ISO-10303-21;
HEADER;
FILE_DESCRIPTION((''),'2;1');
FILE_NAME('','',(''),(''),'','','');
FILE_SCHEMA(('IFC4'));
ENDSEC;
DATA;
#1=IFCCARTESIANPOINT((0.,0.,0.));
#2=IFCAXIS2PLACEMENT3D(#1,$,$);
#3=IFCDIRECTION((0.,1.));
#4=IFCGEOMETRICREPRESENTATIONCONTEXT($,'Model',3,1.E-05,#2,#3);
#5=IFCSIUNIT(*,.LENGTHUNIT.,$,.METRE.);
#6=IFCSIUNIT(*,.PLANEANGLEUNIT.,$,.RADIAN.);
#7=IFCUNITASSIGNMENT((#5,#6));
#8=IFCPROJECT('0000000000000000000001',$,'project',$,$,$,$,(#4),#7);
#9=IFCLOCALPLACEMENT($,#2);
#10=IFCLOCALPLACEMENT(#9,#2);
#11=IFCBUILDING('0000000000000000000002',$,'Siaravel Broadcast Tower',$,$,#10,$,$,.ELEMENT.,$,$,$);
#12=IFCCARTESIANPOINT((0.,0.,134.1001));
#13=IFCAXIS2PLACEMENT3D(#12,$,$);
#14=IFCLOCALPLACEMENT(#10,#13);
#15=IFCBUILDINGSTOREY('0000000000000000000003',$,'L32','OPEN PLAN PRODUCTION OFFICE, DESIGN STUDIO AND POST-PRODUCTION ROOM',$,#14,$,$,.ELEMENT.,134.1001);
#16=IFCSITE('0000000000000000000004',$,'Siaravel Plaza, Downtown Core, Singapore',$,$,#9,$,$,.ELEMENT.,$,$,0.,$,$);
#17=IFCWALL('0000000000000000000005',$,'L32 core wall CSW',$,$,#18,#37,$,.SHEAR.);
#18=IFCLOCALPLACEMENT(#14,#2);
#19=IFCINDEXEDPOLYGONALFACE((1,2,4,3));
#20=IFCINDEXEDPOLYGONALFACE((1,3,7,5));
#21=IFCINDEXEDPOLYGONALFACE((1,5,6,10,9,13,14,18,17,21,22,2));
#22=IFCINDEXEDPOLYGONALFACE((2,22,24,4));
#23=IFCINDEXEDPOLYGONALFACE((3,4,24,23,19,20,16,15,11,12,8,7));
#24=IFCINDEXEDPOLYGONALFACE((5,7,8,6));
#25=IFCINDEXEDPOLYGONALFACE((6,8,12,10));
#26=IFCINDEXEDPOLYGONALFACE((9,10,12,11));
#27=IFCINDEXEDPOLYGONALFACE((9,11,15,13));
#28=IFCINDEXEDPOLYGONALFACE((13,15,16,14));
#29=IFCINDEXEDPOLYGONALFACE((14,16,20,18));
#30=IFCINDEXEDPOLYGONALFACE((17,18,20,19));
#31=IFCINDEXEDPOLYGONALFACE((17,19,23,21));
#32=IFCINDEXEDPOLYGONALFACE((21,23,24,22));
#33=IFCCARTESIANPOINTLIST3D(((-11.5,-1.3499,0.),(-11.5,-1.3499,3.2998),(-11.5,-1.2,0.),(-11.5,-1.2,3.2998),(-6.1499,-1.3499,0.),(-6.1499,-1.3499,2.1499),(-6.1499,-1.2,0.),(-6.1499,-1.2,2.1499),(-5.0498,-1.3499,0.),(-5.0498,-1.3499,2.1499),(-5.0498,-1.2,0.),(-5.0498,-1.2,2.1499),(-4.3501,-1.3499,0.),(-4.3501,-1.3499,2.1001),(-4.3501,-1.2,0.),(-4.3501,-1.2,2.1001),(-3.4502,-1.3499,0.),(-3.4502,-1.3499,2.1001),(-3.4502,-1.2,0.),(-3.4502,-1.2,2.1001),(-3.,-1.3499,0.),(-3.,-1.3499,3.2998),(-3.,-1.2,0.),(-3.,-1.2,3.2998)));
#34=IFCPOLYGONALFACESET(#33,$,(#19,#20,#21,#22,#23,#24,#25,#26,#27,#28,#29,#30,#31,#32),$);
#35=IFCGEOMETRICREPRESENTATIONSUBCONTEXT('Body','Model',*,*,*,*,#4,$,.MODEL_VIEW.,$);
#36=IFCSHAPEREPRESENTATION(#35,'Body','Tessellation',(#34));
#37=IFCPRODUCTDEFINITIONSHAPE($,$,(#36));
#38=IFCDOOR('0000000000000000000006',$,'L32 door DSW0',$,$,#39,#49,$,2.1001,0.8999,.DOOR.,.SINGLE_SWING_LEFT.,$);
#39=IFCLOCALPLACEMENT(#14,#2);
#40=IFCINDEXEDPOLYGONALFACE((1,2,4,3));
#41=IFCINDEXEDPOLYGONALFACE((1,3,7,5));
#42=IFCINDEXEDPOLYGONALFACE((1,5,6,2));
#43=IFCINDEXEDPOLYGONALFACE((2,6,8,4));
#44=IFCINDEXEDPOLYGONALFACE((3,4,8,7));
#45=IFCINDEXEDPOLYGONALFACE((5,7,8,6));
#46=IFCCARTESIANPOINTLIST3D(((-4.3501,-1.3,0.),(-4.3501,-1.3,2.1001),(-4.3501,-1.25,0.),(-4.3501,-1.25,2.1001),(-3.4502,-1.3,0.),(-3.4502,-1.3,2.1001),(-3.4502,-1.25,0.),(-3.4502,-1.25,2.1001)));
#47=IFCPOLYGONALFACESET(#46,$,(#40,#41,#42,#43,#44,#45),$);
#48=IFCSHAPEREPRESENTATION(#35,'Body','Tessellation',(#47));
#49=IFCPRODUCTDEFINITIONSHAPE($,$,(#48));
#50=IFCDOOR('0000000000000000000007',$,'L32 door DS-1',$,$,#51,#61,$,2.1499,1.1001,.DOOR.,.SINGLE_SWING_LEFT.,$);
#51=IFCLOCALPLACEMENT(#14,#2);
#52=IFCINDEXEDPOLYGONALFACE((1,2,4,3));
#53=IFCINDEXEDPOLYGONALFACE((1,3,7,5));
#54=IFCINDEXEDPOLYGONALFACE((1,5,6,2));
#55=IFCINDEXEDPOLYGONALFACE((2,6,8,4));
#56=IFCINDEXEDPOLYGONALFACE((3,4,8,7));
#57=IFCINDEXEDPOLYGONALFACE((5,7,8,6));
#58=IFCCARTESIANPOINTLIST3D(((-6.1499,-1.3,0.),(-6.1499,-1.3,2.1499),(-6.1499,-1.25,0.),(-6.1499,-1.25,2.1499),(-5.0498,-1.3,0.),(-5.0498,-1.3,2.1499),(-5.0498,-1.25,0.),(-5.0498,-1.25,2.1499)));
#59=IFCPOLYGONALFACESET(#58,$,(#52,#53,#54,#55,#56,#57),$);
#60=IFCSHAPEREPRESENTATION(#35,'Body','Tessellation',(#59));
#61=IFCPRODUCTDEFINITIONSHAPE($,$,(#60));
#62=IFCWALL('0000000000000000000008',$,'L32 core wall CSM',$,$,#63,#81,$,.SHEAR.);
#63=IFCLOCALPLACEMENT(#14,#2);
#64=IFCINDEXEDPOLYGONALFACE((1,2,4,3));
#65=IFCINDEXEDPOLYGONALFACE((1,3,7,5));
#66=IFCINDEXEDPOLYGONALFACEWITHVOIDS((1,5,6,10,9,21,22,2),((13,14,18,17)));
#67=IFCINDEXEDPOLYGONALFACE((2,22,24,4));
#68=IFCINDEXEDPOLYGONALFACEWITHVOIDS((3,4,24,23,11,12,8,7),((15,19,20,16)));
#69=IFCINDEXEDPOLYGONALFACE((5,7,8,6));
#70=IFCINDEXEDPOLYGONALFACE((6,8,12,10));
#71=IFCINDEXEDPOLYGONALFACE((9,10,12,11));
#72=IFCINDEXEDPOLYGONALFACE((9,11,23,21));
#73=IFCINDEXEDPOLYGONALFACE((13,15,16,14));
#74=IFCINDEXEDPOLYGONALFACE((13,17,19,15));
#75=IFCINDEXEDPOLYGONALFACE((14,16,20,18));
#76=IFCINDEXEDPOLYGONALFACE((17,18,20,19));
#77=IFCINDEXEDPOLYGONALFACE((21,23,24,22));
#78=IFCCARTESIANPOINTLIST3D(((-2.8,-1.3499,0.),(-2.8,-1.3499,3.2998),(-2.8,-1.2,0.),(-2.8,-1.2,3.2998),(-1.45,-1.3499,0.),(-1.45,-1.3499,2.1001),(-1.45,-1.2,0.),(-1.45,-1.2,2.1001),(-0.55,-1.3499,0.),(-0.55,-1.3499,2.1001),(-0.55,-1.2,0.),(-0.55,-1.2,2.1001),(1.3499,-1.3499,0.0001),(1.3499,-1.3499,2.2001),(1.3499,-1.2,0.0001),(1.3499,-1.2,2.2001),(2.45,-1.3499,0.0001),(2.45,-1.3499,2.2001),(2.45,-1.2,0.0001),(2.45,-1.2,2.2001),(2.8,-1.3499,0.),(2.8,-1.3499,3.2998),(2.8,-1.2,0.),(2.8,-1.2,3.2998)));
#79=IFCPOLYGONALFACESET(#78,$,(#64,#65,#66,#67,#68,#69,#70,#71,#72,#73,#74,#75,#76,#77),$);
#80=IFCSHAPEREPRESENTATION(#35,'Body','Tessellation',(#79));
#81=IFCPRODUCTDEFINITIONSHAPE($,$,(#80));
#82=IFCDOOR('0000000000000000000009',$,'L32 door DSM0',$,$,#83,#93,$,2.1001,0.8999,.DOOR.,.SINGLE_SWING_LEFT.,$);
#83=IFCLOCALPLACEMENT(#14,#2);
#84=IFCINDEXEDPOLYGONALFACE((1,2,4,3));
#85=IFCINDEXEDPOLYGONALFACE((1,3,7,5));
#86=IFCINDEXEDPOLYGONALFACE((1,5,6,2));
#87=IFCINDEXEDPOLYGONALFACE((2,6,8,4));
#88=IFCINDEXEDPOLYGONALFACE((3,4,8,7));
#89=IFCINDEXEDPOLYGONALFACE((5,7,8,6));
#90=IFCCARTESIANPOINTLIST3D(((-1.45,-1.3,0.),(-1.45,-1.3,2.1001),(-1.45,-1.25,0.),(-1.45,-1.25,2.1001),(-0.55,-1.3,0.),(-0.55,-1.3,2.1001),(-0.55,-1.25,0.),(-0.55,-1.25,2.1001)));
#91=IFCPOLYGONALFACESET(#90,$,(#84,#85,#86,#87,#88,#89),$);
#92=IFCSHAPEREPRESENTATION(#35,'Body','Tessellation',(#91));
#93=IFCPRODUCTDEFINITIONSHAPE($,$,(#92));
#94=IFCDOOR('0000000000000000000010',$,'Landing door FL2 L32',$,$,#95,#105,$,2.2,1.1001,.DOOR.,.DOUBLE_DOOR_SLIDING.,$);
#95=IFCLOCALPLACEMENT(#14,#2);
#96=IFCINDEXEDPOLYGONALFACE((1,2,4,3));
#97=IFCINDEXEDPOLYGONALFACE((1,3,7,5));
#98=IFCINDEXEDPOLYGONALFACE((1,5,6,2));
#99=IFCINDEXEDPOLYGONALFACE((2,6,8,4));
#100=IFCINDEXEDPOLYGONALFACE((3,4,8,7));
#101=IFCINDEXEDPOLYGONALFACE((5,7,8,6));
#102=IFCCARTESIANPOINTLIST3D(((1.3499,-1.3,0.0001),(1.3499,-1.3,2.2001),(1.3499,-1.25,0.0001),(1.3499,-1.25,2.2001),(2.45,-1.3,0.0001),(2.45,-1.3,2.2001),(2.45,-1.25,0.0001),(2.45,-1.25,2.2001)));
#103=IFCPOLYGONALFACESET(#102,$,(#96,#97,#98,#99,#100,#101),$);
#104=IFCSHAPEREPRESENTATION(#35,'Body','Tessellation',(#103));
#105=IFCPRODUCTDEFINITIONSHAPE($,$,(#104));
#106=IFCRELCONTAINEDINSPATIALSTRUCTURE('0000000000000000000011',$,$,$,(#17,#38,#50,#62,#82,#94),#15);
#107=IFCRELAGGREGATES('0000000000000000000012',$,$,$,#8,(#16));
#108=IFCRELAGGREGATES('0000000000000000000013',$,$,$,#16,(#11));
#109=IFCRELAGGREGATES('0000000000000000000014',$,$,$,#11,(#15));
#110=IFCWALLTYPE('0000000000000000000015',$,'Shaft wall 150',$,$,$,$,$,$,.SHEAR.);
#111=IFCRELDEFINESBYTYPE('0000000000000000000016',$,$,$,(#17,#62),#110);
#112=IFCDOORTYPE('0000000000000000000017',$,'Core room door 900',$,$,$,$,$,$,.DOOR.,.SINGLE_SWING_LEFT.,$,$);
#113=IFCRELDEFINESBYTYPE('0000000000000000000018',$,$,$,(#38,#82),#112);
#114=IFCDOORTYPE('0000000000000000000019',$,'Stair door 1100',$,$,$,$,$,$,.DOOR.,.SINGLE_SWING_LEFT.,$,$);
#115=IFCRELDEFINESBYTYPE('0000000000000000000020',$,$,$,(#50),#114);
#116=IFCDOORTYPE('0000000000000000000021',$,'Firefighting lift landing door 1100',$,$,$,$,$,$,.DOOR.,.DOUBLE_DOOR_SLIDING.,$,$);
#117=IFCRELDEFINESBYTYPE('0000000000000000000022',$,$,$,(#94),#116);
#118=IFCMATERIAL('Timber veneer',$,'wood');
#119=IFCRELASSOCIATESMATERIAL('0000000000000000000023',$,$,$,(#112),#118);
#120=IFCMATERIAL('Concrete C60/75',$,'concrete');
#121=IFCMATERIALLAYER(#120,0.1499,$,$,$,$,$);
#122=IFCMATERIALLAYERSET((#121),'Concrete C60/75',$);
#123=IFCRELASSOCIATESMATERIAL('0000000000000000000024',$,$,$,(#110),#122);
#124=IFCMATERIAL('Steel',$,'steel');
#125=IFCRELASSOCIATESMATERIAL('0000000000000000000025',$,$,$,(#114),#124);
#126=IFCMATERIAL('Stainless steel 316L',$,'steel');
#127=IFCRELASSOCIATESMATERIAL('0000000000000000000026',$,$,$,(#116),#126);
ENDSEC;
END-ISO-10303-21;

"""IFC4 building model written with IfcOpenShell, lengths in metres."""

from ifc_helpers import new_model, si_unit, direction, frame, frame_2d, origin, place, context, subcontext, project, spatial, rectangle, extrude, material, layer, layer_set, type_object, element, fill, save


model = new_model("IFC4")

# Units and contexts
model_context = context("Model", 3, precision=1e-05, world=origin(), true_north=direction((0.0, 1.0)))
body_context = subcontext(model_context, "Body", "Model", "MODEL_VIEW")
ifc_project = project(units=[si_unit("LENGTHUNIT", "METRE"), si_unit("PLANEANGLEUNIT", "RADIAN")], contexts=[model_context])

# Site, building, storey
site_placement = place(None, origin())
site = spatial("IfcSite", under=ifc_project, at=site_placement, Name="Siaravel Plaza, Downtown Core, Singapore", CompositionType="ELEMENT", RefElevation=0.0)
building_placement = place(site_placement, origin())
building = spatial("IfcBuilding", under=site, at=building_placement, Name="Siaravel Broadcast Tower", CompositionType="ELEMENT")
storey_placement = place(building_placement, frame((0.0, 0.0, 134.1001)))
storey = spatial("IfcBuildingStorey", under=building, at=storey_placement, Name="L32", Description="OPEN PLAN PRODUCTION OFFICE, DESIGN STUDIO AND POST-PRODUCTION ROOM", CompositionType="ELEMENT", Elevation=134.1001)

# Shared definitions
ifc_material_1 = material(Name="Timber veneer", Category="wood")
door_type_1 = type_object("IfcDoorType", Name="Core room door 900", OperationType="SINGLE_SWING_LEFT", PredefinedType="DOOR", material=ifc_material_1)

# Walls, openings, doors
ifc_material_2 = material(Name="Concrete C60/75", Category="concrete")
ifc_layer_1 = layer(ifc_material_2, 0.1499)
ifc_layer_set_1 = layer_set([ifc_layer_1], Name="Concrete C60/75")
wall_type_1 = type_object("IfcWallType", Name="Shaft wall 150", PredefinedType="SHEAR", material=ifc_layer_set_1)
wall_1_placement = place(storey_placement, frame((-11.5, -1.2749, 0.0), z_axis=(0.0, 0.0, 1.0), x_axis=(1.0, 0.0, 0.0)))
wall_1 = element("IfcWall", 1, at=wall_1_placement, inside=storey, type_object=wall_type_1, Name="L32 core wall CSW", PredefinedType="SHEAR", context=body_context, shape_type="SweptSolid", body=[
    extrude(rectangle(XDim=8.5, YDim=0.1499, at=frame_2d((4.25, 0.0))), origin(), (0.0, 0.0, 1.0), 3.2998),
])
opening_1_placement = place(wall_1_placement, frame((5.3501, 0.0, 0.0)))
opening_1 = element("IfcOpeningElement", 2, at=opening_1_placement, cuts=wall_1, PredefinedType="OPENING", context=body_context, shape_type="SweptSolid", body=[
    extrude(rectangle(XDim=1.1001, YDim=2.1499, at=frame_2d((0.55, 1.075))), frame((0.0, 0.085, 0.0), z_axis=(0.0, -1.0, 0.0), x_axis=(1.0, 0.0, 0.0)), (0.0, 0.0, 1.0), 0.1699),
])
opening_2_placement = place(wall_1_placement, frame((7.1499, 0.0, 0.0)))
opening_2 = element("IfcOpeningElement", 3, at=opening_2_placement, cuts=wall_1, PredefinedType="OPENING", context=body_context, shape_type="SweptSolid", body=[
    extrude(rectangle(XDim=0.8999, YDim=2.1001, at=frame_2d((0.45, 1.05))), frame((0.0, 0.085, 0.0), z_axis=(0.0, -1.0, 0.0), x_axis=(1.0, 0.0, 0.0)), (0.0, 0.0, 1.0), 0.1699),
])
door_1_placement = place(opening_2_placement, origin())
door_1 = element("IfcDoor", 4, at=door_1_placement, inside=storey, type_object=door_type_1, Name="L32 door DSW0", OperationType="SINGLE_SWING_LEFT", OverallHeight=2.1001, OverallWidth=0.8999, PredefinedType="DOOR", context=body_context, shape_type="SweptSolid", body=[
    extrude(rectangle(XDim=0.8999, YDim=2.1001, at=frame_2d((0.45, 1.05))), frame((0.0, 0.0249, 0.0), z_axis=(0.0, -1.0, 0.0), x_axis=(1.0, 0.0, 0.0)), (0.0, 0.0, 1.0), 0.05),
])
fill(opening_2, door_1)
ifc_material_3 = material(Name="Steel", Category="steel")
door_type_2 = type_object("IfcDoorType", Name="Stair door 1100", OperationType="SINGLE_SWING_LEFT", PredefinedType="DOOR", material=ifc_material_3)
door_2_placement = place(opening_1_placement, origin())
door_2 = element("IfcDoor", 5, at=door_2_placement, inside=storey, type_object=door_type_2, Name="L32 door DS-1", OperationType="SINGLE_SWING_LEFT", OverallHeight=2.1499, OverallWidth=1.1001, PredefinedType="DOOR", context=body_context, shape_type="SweptSolid", body=[
    extrude(rectangle(XDim=1.1001, YDim=2.1499, at=frame_2d((0.55, 1.075))), frame((0.0, 0.0249, 0.0), z_axis=(0.0, -1.0, 0.0), x_axis=(1.0, 0.0, 0.0)), (0.0, 0.0, 1.0), 0.05),
])
fill(opening_1, door_2)
wall_2_placement = place(storey_placement, frame((-2.8, -1.2749, 0.0), z_axis=(0.0, 0.0, 1.0), x_axis=(1.0, 0.0, 0.0)))
wall_2 = element("IfcWall", 6, at=wall_2_placement, inside=storey, type_object=wall_type_1, Name="L32 core wall CSM", PredefinedType="SHEAR", context=body_context, shape_type="SweptSolid", body=[
    extrude(rectangle(XDim=5.6001, YDim=0.1499, at=frame_2d((2.8, 0.0))), origin(), (0.0, 0.0, 1.0), 3.2998),
])
opening_3_placement = place(wall_2_placement, frame((4.1499, 0.0, 0.0)))
opening_3 = element("IfcOpeningElement", 7, at=opening_3_placement, cuts=wall_2, PredefinedType="OPENING", context=body_context, shape_type="SweptSolid", body=[
    extrude(rectangle(XDim=1.1001, YDim=2.2, at=frame_2d((0.55, 1.1001))), frame((0.0, 0.085, 0.0), z_axis=(0.0, -1.0, 0.0), x_axis=(1.0, 0.0, 0.0)), (0.0, 0.0, 1.0), 0.1699),
])
opening_4_placement = place(wall_2_placement, frame((1.3501, 0.0, 0.0)))
opening_4 = element("IfcOpeningElement", 8, at=opening_4_placement, cuts=wall_2, PredefinedType="OPENING", context=body_context, shape_type="SweptSolid", body=[
    extrude(rectangle(XDim=0.8999, YDim=2.1001, at=frame_2d((0.45, 1.05))), frame((0.0, 0.085, 0.0), z_axis=(0.0, -1.0, 0.0), x_axis=(1.0, 0.0, 0.0)), (0.0, 0.0, 1.0), 0.1699),
])
door_3_placement = place(opening_4_placement, origin())
door_3 = element("IfcDoor", 9, at=door_3_placement, inside=storey, type_object=door_type_1, Name="L32 door DSM0", OperationType="SINGLE_SWING_LEFT", OverallHeight=2.1001, OverallWidth=0.8999, PredefinedType="DOOR", context=body_context, shape_type="SweptSolid", body=[
    extrude(rectangle(XDim=0.8999, YDim=2.1001, at=frame_2d((0.45, 1.05))), frame((0.0, 0.0249, 0.0), z_axis=(0.0, -1.0, 0.0), x_axis=(1.0, 0.0, 0.0)), (0.0, 0.0, 1.0), 0.05),
])
fill(opening_4, door_3)
ifc_material_4 = material(Name="Stainless steel 316L", Category="steel")
door_type_3 = type_object("IfcDoorType", Name="Firefighting lift landing door 1100", OperationType="DOUBLE_DOOR_SLIDING", PredefinedType="DOOR", material=ifc_material_4)
door_4_placement = place(opening_3_placement, origin())
door_4 = element("IfcDoor", 10, at=door_4_placement, inside=storey, type_object=door_type_3, Name="Landing door FL2 L32", OperationType="DOUBLE_DOOR_SLIDING", OverallHeight=2.2, OverallWidth=1.1001, PredefinedType="DOOR", context=body_context, shape_type="SweptSolid", body=[
    extrude(rectangle(XDim=1.1001, YDim=2.2, at=frame_2d((0.55, 1.1001))), frame((0.0, 0.0249, 0.0), z_axis=(0.0, -1.0, 0.0), x_axis=(1.0, 0.0, 0.0)), (0.0, 0.0, 1.0), 0.05),
])
fill(opening_3, door_4)

save(model, "model.ifc")
